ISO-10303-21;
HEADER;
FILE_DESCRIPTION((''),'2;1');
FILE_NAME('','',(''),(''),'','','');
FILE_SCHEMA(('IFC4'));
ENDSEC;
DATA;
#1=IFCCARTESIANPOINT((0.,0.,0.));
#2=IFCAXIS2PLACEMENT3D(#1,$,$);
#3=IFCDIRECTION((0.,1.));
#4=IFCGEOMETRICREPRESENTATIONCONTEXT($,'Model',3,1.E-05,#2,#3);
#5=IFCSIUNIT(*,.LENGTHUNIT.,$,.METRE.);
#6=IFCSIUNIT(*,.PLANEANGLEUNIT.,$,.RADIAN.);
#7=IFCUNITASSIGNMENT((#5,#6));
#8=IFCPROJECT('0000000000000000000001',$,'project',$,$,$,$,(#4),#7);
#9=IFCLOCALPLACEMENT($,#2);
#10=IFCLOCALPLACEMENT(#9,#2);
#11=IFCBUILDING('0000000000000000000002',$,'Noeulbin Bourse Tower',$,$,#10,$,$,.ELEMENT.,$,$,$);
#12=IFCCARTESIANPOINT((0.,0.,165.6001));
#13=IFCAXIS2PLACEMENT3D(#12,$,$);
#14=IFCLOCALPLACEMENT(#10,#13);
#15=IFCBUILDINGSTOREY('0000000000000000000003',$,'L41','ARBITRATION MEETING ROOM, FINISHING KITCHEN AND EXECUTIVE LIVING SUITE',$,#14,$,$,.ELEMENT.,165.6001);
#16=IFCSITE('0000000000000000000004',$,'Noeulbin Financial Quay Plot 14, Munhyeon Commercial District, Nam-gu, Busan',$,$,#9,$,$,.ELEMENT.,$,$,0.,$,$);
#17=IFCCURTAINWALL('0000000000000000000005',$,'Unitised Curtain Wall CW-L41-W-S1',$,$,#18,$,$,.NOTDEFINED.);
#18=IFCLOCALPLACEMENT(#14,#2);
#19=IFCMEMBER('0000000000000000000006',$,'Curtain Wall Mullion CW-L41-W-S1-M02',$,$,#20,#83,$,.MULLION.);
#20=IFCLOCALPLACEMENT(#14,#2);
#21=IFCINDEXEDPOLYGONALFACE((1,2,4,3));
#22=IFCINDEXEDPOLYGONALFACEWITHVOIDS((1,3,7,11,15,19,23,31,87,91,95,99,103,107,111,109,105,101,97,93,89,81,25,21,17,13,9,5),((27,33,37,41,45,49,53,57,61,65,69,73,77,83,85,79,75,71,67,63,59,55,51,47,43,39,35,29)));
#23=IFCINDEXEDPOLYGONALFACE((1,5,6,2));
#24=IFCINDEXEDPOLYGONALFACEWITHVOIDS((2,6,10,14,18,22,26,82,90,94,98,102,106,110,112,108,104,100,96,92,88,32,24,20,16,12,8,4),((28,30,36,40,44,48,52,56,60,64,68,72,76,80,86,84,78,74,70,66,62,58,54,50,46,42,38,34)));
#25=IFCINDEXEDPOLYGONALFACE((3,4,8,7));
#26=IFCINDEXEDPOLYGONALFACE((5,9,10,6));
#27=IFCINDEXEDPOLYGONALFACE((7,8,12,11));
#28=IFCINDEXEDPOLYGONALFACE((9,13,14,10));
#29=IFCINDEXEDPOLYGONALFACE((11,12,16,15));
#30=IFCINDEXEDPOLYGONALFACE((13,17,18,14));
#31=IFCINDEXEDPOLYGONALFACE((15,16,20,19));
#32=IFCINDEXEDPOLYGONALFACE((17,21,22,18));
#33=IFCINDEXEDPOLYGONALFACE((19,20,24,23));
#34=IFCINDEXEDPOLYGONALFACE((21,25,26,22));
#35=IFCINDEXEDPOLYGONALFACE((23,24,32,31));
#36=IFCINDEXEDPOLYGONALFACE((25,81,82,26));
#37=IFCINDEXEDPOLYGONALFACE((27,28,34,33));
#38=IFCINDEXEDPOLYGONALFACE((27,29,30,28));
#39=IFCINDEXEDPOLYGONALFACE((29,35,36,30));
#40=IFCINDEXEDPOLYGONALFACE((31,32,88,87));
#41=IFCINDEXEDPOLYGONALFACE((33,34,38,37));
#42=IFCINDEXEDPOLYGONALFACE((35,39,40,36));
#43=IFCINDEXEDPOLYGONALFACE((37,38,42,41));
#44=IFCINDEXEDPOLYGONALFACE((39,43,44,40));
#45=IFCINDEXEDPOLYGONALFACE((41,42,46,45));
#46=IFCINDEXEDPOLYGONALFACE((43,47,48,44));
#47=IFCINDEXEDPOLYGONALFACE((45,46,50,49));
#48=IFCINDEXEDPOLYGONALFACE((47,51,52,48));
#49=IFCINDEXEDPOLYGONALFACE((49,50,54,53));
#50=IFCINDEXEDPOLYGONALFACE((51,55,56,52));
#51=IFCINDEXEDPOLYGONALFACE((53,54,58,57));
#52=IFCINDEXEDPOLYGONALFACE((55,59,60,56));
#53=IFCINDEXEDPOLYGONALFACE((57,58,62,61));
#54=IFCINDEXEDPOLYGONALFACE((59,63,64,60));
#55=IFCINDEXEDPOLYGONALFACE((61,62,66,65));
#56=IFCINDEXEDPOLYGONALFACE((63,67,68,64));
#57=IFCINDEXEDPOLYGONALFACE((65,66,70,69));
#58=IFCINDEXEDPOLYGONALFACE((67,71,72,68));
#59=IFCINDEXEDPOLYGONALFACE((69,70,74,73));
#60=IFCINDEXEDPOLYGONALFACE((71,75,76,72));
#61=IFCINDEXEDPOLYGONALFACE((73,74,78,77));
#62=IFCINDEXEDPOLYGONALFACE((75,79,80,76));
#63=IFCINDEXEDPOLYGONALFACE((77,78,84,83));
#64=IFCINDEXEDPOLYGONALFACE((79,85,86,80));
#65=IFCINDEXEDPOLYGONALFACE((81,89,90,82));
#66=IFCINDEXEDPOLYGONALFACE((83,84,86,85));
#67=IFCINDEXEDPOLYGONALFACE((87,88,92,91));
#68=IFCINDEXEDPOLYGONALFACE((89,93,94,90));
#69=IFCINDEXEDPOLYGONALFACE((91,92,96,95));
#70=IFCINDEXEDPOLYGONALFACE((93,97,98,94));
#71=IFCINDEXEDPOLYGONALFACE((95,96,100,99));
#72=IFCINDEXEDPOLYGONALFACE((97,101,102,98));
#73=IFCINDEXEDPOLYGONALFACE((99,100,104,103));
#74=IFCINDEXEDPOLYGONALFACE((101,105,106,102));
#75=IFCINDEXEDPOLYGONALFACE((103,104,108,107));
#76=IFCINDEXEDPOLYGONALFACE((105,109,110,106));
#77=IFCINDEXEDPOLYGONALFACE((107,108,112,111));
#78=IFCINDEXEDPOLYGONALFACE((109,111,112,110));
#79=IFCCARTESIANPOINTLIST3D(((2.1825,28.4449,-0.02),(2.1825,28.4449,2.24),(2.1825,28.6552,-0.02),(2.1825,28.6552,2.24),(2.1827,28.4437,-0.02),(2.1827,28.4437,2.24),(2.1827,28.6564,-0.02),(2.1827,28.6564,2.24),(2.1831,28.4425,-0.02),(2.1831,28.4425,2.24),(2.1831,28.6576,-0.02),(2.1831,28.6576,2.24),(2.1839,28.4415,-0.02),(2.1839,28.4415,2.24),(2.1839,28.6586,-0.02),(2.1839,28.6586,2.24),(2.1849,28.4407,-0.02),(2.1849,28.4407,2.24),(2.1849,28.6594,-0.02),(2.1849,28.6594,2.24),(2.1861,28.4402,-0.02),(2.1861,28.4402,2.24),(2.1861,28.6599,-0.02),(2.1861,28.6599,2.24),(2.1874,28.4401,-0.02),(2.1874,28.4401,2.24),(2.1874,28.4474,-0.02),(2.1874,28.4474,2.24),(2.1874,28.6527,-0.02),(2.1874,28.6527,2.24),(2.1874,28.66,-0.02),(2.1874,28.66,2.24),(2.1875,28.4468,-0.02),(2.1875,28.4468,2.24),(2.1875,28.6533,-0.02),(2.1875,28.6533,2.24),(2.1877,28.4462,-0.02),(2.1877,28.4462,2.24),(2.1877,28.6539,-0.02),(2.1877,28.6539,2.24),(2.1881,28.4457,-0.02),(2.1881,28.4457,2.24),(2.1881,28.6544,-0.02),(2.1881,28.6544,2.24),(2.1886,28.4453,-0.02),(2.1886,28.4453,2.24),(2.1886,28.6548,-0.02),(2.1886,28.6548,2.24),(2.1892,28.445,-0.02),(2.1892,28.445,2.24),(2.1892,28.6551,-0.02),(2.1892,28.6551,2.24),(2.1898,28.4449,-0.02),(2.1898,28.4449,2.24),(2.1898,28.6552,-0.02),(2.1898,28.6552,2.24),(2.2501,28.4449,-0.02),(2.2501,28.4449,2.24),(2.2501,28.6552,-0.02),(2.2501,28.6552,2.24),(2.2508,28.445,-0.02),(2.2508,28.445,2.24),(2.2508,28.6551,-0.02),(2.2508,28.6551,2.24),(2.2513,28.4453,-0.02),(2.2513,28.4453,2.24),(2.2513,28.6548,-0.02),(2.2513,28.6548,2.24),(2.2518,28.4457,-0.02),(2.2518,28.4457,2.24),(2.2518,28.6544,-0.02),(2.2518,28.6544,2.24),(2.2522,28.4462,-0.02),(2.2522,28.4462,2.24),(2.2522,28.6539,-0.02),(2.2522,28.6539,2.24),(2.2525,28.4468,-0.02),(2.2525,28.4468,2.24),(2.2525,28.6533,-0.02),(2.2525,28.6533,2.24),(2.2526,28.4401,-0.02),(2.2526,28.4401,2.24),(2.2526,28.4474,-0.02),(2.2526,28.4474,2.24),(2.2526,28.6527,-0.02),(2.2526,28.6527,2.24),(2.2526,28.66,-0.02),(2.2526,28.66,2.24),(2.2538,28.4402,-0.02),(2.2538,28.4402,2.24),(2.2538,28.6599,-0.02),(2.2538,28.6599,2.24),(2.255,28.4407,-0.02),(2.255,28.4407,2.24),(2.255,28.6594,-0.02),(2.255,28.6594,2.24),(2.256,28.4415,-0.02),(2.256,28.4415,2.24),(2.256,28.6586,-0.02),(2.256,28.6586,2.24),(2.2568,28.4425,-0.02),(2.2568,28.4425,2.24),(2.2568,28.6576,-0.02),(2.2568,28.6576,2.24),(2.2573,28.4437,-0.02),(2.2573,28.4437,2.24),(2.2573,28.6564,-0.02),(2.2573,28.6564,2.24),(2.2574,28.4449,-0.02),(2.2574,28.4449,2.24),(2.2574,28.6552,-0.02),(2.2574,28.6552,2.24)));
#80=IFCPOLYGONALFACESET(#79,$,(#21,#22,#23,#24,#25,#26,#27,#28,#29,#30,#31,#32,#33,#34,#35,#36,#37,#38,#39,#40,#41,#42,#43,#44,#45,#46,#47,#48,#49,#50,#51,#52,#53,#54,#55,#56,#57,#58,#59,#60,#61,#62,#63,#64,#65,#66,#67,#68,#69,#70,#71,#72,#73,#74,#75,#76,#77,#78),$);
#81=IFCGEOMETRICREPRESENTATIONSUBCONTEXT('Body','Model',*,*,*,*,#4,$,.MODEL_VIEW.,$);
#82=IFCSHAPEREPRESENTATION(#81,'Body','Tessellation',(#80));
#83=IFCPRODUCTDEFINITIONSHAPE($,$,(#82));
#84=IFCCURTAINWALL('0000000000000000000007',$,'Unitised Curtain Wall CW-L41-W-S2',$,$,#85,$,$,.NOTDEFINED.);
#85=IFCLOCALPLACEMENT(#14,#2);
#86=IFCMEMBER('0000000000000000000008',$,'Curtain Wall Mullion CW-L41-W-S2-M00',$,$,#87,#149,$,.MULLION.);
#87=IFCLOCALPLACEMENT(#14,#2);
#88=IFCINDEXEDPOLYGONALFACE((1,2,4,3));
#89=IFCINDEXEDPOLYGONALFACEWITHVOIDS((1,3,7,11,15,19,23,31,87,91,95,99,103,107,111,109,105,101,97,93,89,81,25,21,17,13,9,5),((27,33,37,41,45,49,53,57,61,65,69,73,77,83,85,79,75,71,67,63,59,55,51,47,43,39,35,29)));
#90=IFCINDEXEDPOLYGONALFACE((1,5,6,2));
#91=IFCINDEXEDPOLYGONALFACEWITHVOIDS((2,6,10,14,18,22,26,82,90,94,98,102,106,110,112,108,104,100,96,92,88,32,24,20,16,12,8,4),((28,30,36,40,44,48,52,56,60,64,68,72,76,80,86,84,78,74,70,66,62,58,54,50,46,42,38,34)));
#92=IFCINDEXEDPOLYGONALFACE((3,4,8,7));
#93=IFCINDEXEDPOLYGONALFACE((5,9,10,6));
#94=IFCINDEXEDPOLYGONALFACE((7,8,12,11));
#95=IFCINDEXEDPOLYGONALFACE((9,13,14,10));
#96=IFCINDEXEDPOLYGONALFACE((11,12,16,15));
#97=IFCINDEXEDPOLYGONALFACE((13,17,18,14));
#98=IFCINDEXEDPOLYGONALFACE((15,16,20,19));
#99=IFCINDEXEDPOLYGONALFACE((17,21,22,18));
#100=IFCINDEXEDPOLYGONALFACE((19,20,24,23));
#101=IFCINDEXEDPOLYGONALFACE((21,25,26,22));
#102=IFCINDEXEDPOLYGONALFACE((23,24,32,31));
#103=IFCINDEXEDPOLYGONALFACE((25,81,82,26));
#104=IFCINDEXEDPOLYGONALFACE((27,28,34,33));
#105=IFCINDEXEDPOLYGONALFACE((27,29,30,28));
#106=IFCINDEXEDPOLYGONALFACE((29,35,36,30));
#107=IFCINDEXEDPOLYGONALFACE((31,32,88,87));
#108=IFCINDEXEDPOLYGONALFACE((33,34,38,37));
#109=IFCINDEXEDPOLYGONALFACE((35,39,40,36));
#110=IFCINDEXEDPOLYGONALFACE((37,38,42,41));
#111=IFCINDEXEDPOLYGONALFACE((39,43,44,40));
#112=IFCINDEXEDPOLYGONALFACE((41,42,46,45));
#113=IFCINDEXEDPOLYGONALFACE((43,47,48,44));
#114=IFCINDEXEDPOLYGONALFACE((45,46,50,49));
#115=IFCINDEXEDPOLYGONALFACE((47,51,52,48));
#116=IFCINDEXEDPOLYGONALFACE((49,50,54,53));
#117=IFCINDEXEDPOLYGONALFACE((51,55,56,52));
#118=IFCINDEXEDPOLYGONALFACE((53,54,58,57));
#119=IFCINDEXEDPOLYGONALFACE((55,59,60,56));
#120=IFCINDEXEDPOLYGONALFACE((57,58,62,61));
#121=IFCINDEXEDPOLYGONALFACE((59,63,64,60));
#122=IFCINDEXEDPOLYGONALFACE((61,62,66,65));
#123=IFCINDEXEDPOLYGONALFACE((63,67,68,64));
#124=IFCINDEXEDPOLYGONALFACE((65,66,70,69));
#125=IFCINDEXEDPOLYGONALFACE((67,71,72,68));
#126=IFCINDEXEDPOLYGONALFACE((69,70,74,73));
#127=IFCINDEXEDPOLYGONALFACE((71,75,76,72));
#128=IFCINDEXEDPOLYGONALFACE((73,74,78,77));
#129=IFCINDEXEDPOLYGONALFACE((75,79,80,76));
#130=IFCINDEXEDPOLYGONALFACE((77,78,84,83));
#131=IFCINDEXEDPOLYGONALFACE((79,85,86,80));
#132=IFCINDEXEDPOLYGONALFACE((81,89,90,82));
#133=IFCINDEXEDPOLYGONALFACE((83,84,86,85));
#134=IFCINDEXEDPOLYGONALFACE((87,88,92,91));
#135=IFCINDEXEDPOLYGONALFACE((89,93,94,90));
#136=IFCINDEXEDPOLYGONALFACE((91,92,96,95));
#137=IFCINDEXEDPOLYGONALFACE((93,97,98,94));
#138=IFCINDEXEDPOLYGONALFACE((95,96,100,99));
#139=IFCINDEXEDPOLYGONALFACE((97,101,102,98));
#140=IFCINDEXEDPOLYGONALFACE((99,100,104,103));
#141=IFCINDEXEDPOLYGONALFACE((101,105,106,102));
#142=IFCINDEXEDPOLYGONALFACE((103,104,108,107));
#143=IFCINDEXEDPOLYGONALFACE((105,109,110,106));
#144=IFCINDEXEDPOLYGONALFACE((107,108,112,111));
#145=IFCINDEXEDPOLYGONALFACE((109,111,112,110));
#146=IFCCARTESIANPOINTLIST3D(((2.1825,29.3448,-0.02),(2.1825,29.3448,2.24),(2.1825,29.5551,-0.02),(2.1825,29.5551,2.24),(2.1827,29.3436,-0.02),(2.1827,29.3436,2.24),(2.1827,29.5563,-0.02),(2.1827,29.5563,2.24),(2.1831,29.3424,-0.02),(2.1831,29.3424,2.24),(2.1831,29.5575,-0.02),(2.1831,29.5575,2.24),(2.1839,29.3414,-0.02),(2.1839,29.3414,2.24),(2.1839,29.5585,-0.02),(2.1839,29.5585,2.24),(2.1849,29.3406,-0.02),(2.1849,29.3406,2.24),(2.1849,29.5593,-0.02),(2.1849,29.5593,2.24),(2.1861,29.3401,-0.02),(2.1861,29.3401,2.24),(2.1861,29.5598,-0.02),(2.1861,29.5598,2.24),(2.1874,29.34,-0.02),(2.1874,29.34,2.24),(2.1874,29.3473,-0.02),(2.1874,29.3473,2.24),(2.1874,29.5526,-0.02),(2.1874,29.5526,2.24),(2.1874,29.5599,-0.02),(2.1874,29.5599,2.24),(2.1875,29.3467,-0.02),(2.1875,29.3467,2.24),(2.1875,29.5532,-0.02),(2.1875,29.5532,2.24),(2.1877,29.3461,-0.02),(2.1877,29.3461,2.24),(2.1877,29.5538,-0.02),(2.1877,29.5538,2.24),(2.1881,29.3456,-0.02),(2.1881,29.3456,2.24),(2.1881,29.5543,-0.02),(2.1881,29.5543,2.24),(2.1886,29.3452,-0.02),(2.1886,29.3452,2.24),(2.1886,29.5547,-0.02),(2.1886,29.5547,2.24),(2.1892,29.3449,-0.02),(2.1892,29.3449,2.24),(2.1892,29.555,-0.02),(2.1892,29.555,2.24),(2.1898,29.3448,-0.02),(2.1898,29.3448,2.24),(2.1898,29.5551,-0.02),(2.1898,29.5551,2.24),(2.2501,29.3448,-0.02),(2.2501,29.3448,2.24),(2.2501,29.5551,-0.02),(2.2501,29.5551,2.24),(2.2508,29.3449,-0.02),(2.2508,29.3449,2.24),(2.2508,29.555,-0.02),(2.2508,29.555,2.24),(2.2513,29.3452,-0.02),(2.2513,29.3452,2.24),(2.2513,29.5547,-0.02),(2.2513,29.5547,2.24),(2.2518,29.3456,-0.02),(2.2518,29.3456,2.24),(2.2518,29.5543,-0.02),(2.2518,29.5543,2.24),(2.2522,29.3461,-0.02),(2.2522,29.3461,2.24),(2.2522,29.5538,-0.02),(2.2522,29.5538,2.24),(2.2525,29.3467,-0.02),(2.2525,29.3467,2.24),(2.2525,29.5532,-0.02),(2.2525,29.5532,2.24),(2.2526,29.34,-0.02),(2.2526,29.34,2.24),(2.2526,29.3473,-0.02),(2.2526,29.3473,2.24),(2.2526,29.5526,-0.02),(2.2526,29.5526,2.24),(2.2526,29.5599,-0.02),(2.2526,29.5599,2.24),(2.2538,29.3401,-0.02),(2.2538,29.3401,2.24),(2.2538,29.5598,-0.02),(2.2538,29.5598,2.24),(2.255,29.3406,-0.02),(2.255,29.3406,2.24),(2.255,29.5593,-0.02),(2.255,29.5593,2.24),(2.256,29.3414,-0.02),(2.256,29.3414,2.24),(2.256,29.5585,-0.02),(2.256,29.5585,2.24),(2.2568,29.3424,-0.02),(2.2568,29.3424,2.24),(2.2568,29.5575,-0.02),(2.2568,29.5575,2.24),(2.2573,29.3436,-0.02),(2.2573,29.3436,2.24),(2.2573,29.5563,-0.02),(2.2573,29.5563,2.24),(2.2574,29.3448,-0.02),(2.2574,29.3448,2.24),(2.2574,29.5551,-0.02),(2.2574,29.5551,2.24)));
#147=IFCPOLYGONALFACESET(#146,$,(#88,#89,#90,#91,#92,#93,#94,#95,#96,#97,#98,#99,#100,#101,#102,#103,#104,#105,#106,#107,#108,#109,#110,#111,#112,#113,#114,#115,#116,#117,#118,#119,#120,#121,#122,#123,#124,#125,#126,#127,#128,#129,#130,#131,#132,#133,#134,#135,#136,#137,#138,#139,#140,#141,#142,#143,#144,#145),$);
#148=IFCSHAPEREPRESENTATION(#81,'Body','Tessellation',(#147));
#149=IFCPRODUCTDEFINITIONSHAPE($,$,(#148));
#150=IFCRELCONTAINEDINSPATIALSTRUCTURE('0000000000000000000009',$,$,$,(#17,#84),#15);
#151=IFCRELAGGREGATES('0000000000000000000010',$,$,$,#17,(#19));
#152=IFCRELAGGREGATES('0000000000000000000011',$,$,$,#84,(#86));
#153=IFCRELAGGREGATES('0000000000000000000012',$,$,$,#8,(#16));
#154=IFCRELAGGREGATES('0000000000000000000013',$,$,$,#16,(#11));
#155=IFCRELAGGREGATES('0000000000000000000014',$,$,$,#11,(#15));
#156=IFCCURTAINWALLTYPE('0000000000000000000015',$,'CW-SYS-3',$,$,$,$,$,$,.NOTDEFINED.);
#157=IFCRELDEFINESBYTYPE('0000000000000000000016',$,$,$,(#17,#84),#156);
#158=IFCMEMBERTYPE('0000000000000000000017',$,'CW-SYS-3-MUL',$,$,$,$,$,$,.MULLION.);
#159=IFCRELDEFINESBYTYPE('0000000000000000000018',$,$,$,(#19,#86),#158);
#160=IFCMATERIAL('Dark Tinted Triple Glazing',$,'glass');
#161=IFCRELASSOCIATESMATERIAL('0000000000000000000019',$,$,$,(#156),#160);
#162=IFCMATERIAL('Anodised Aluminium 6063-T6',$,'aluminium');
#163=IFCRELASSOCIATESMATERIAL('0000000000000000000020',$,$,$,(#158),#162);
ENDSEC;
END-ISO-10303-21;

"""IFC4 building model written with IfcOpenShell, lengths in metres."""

from ifc_helpers import new_model, si_unit, direction, frame, origin, origin_2d, place, context, subcontext, project, spatial, hollow_rectangle, extrude, material, material_profile, profile_set, type_object, element, aggregate, save


model = new_model("IFC4")

# Units and contexts
model_context = context("Model", 3, precision=1e-05, world=origin(), true_north=direction((0.0, 1.0)))
body_context = subcontext(model_context, "Body", "Model", "MODEL_VIEW")
ifc_project = project(units=[si_unit("LENGTHUNIT", "METRE"), si_unit("PLANEANGLEUNIT", "RADIAN")], contexts=[model_context])

# Site, building, storey
site_placement = place(None, origin())
site = spatial("IfcSite", under=ifc_project, at=site_placement, Name="Noeulbin Financial Quay Plot 14, Munhyeon Commercial District, Nam-gu, Busan", CompositionType="ELEMENT", RefElevation=0.0)
building_placement = place(site_placement, origin())
building = spatial("IfcBuilding", under=site, at=building_placement, Name="Noeulbin Bourse Tower", CompositionType="ELEMENT")
storey_placement = place(building_placement, frame((0.0, 0.0, 165.6001)))
storey = spatial("IfcBuildingStorey", under=building, at=storey_placement, Name="L41", Description="ARBITRATION MEETING ROOM, FINISHING KITCHEN AND EXECUTIVE LIVING SUITE", CompositionType="ELEMENT", Elevation=165.6001)

# Curtain walls, members
ifc_material_1 = material(Name="Dark Tinted Triple Glazing", Category="glass")
curtain_wall_type = type_object("IfcCurtainWallType", Name="CW-SYS-3", PredefinedType="NOTDEFINED", material=ifc_material_1)
curtain_wall_1_placement = place(storey_placement, origin())
curtain_wall_1 = element("IfcCurtainWall", 1, at=curtain_wall_1_placement, inside=storey, type_object=curtain_wall_type, Name="Unitised Curtain Wall CW-L41-W-S1", PredefinedType="NOTDEFINED")
ifc_material_2 = material(Name="Anodised Aluminium 6063-T6", Category="aluminium")
ifc_material_profile_1 = material_profile(ifc_material_2, hollow_rectangle(XDim=0.075, YDim=0.22, WallThickness=0.0049, InnerFilletRadius=0.0024, OuterFilletRadius=0.0049, at=origin_2d()), Name="ALU-MULL-75x220x5", Category="LoadBearing")
ifc_profile_set_1 = profile_set([ifc_material_profile_1], Name="Anodised Aluminium 6063-T6")
member_type_1 = type_object("IfcMemberType", Name="CW-SYS-3-MUL", PredefinedType="MULLION", material=ifc_profile_set_1)
member_1_placement = place(storey_placement, frame((2.22, 28.55, -0.02), z_axis=(0.0, 0.0, 1.0), x_axis=(1.0, 0.0, 0.0)))
member_1 = element("IfcMember", 2, at=member_1_placement, type_object=member_type_1, Name="Curtain Wall Mullion CW-L41-W-S1-M02", PredefinedType="MULLION", context=body_context, shape_type="SweptSolid", body=[
    extrude(hollow_rectangle(XDim=0.075, YDim=0.22, WallThickness=0.0049, InnerFilletRadius=0.0024, OuterFilletRadius=0.0049, at=origin_2d()), origin(), (0.0, 0.0, 1.0), 2.26),
])
curtain_wall_2_placement = place(storey_placement, origin())
curtain_wall_2 = element("IfcCurtainWall", 3, at=curtain_wall_2_placement, inside=storey, type_object=curtain_wall_type, Name="Unitised Curtain Wall CW-L41-W-S2", PredefinedType="NOTDEFINED")
member_2_placement = place(storey_placement, frame((2.22, 29.45, -0.02), z_axis=(0.0, 0.0, 1.0), x_axis=(1.0, 0.0, 0.0)))
member_2 = element("IfcMember", 4, at=member_2_placement, type_object=member_type_1, Name="Curtain Wall Mullion CW-L41-W-S2-M00", PredefinedType="MULLION", context=body_context, shape_type="SweptSolid", body=[
    extrude(hollow_rectangle(XDim=0.075, YDim=0.22, WallThickness=0.0049, InnerFilletRadius=0.0024, OuterFilletRadius=0.0049, at=origin_2d()), origin(), (0.0, 0.0, 1.0), 2.26),
])

aggregate(curtain_wall_1, [member_1])
aggregate(curtain_wall_2, [member_2])

save(model, "model.ifc")
